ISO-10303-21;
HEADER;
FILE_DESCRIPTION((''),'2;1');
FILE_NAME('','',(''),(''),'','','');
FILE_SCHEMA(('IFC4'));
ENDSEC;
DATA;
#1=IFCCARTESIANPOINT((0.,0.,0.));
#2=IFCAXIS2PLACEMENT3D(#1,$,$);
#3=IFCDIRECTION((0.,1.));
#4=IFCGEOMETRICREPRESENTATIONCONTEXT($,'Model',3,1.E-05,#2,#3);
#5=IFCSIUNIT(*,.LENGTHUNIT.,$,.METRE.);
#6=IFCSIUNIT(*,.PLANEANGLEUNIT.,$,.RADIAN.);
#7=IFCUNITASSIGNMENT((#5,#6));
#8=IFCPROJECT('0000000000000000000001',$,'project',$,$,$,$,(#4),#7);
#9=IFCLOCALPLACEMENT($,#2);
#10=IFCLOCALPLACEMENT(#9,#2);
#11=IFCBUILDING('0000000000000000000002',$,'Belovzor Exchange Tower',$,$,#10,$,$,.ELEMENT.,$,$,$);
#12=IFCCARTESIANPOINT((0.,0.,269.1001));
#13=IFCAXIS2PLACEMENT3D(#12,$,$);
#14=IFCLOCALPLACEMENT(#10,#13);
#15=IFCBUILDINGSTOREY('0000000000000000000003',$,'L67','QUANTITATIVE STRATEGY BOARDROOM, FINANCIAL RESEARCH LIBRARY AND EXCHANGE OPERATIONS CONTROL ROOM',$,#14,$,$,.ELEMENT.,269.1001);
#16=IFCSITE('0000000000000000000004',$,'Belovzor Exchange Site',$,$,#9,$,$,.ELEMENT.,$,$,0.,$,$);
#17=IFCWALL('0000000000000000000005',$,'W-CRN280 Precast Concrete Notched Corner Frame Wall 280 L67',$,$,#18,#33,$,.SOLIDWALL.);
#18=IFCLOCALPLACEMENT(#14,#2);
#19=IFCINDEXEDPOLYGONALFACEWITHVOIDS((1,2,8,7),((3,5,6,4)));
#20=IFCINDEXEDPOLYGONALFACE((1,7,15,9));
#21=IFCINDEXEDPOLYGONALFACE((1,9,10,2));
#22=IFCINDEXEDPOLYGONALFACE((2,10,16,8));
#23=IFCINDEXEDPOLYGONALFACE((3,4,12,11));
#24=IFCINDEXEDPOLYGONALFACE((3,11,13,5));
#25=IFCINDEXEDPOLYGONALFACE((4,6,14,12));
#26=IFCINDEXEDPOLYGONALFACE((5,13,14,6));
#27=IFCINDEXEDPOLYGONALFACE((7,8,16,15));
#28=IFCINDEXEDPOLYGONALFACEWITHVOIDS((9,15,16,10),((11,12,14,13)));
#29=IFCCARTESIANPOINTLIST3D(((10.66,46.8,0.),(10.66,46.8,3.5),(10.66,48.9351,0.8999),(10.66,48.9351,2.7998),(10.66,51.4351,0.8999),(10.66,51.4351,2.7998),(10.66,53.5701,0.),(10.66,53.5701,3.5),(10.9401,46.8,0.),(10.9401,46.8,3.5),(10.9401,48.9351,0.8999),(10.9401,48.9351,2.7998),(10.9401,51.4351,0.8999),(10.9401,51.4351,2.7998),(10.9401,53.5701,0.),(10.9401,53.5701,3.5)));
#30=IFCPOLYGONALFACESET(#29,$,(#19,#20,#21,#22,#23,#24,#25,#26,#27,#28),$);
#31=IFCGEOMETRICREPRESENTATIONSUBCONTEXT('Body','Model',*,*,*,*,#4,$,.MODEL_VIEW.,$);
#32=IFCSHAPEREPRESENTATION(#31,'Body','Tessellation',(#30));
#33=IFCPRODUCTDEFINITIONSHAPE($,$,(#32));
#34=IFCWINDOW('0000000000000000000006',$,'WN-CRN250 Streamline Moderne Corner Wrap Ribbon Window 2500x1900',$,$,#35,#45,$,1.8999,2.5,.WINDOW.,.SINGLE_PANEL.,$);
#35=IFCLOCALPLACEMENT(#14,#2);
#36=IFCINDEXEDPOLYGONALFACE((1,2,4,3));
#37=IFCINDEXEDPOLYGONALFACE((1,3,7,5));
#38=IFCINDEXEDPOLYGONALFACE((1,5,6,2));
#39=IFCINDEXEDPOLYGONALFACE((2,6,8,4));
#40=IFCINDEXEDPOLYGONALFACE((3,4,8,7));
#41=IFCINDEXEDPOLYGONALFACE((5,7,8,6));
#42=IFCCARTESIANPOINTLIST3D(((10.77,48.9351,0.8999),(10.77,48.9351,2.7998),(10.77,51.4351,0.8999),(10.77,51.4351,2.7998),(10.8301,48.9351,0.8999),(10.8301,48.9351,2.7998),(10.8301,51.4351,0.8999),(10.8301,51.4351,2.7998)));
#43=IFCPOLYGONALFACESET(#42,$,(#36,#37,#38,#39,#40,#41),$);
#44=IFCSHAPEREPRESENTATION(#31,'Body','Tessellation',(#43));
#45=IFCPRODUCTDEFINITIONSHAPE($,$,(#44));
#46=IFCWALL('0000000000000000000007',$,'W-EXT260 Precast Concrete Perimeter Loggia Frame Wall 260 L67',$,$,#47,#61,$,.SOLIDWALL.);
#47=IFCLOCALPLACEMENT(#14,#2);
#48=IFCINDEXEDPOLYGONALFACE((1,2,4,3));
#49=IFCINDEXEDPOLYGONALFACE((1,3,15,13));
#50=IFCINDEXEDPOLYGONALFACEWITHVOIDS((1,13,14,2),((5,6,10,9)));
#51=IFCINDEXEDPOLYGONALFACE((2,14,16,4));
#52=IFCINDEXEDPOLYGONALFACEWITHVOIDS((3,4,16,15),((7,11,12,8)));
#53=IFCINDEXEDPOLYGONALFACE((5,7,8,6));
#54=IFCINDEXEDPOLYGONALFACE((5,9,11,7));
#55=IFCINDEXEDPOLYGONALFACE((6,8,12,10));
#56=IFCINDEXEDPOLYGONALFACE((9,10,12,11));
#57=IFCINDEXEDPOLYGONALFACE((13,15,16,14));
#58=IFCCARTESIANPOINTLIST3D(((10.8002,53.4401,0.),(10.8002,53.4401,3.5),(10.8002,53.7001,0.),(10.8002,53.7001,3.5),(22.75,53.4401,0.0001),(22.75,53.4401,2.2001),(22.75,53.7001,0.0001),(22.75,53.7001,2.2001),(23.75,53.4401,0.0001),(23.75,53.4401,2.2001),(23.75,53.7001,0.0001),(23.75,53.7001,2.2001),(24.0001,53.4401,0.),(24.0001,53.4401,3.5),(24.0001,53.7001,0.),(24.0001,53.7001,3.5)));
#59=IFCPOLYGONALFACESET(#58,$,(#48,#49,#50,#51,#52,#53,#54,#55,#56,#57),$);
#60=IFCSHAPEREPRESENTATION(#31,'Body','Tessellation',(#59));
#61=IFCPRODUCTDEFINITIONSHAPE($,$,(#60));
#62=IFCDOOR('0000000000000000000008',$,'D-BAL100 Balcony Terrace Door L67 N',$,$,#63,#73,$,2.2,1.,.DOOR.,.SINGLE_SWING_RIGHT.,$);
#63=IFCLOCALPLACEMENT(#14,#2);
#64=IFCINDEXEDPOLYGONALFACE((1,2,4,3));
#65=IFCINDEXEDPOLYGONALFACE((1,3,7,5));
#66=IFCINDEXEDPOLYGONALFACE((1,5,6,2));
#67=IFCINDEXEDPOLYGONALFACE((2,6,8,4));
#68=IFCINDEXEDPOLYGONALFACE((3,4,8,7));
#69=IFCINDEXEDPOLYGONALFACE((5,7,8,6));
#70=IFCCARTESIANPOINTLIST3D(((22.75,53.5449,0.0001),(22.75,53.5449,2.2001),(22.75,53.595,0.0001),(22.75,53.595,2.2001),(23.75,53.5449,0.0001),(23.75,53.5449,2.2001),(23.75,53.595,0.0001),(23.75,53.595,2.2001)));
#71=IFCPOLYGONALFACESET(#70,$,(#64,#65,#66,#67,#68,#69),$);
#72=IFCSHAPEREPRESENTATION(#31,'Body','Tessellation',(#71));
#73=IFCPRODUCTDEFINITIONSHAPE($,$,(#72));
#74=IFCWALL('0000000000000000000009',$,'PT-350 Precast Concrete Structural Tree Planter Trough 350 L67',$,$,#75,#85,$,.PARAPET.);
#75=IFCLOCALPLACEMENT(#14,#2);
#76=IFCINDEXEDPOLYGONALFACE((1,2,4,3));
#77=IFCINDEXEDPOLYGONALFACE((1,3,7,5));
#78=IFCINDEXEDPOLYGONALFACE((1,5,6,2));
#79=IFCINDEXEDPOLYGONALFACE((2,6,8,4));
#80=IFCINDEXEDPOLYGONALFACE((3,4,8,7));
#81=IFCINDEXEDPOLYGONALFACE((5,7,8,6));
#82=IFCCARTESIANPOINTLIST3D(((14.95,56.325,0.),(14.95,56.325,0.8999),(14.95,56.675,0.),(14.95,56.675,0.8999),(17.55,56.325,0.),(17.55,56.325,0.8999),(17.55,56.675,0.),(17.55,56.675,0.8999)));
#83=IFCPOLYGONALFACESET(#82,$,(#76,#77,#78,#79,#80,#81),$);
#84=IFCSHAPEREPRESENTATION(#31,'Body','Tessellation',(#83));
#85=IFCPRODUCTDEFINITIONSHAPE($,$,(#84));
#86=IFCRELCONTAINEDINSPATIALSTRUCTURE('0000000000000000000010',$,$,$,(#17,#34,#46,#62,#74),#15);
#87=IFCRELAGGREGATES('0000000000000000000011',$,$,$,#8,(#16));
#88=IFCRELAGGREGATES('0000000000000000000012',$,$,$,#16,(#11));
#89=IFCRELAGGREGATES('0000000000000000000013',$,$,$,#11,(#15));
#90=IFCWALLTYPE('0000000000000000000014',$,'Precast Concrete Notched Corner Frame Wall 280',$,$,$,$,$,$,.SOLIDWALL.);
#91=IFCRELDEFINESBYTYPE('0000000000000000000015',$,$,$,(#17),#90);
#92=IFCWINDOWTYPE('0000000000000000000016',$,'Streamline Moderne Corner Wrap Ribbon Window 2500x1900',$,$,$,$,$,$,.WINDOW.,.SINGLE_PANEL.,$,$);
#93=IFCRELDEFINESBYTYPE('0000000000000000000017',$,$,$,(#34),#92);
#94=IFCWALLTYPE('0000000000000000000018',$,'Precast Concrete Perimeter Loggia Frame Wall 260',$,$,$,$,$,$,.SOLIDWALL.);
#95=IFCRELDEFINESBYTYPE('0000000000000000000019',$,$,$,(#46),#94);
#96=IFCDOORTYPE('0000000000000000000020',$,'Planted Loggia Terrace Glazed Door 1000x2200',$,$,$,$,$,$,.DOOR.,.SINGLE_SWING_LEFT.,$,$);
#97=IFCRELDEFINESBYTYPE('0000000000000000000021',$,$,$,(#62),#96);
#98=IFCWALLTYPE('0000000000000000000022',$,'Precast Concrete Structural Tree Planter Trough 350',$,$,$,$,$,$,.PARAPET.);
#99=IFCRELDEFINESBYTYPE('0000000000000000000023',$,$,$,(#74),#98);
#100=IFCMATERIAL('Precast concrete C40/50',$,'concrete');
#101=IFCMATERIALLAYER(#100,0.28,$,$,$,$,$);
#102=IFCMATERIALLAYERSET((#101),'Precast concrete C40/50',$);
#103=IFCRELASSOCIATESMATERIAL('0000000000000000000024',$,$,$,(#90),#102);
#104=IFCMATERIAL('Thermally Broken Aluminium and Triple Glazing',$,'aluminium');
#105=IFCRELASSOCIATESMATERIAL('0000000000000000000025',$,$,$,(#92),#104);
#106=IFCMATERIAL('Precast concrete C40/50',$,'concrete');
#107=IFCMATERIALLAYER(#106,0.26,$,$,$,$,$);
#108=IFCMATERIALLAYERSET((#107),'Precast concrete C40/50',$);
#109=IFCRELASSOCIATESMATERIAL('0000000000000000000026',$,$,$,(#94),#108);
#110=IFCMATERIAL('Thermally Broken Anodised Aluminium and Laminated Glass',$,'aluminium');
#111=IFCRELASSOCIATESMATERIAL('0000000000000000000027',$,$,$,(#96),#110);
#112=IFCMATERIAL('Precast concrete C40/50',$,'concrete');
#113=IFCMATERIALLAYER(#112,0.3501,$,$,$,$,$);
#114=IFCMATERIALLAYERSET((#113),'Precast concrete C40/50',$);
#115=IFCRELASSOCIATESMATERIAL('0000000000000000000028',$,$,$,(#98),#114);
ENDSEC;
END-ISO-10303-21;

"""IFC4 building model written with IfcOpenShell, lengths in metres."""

from ifc_helpers import new_model, si_unit, direction, frame, frame_2d, origin, place, context, subcontext, project, spatial, rectangle, extrude, material, layer, layer_set, type_object, element, fill, save


model = new_model("IFC4")

# Units and contexts
model_context = context("Model", 3, precision=1e-05, world=origin(), true_north=direction((0.0, 1.0)))
body_context = subcontext(model_context, "Body", "Model", "MODEL_VIEW")
ifc_project = project(units=[si_unit("LENGTHUNIT", "METRE"), si_unit("PLANEANGLEUNIT", "RADIAN")], contexts=[model_context])

# Site, building, storey
site_placement = place(None, origin())
site = spatial("IfcSite", under=ifc_project, at=site_placement, Name="Belovzor Exchange Site", CompositionType="ELEMENT", RefElevation=0.0)
building_placement = place(site_placement, origin())
building = spatial("IfcBuilding", under=site, at=building_placement, Name="Belovzor Exchange Tower", CompositionType="ELEMENT")
storey_placement = place(building_placement, frame((0.0, 0.0, 269.1001)))
storey = spatial("IfcBuildingStorey", under=building, at=storey_placement, Name="L67", Description="QUANTITATIVE STRATEGY BOARDROOM, FINANCIAL RESEARCH LIBRARY AND EXCHANGE OPERATIONS CONTROL ROOM", CompositionType="ELEMENT", Elevation=269.1001)

# Wall, opening, window
ifc_material_1 = material(Name="Precast concrete C40/50", Category="concrete")
ifc_layer_1 = layer(ifc_material_1, 0.28)
ifc_layer_set_1 = layer_set([ifc_layer_1], Name="Precast concrete C40/50")
wall_type_1 = type_object("IfcWallType", Name="Precast Concrete Notched Corner Frame Wall 280", PredefinedType="SOLIDWALL", material=ifc_layer_set_1)
ifc_material_2 = material(Name="Thermally Broken Aluminium and Triple Glazing", Category="aluminium")
window_type = type_object("IfcWindowType", Name="Streamline Moderne Corner Wrap Ribbon Window 2500x1900", PartitioningType="SINGLE_PANEL", PredefinedType="WINDOW", material=ifc_material_2)
wall_1_placement = place(storey_placement, frame((10.8, 46.8, 0.0), z_axis=(0.0, 0.0, 1.0), x_axis=(0.0, 1.0, 0.0)))
wall_1 = element("IfcWall", 1, at=wall_1_placement, inside=storey, type_object=wall_type_1, Name="W-CRN280 Precast Concrete Notched Corner Frame Wall 280 L67", PredefinedType="SOLIDWALL", context=body_context, shape_type="SweptSolid", body=[
    extrude(rectangle(XDim=6.77, YDim=0.28, at=frame_2d((3.385, 0.0))), origin(), (0.0, 0.0, 1.0), 3.5),
])
opening_1_placement = place(wall_1_placement, frame((2.135, 0.0, 0.8999)))
opening_1 = element("IfcOpeningElement", 2, at=opening_1_placement, cuts=wall_1, PredefinedType="OPENING", context=body_context, shape_type="SweptSolid", body=[
    extrude(rectangle(XDim=2.5, YDim=1.8999, at=frame_2d((1.25, 0.95))), frame((0.0, 0.1499, 0.0), z_axis=(0.0, -1.0, 0.0), x_axis=(1.0, 0.0, 0.0)), (0.0, 0.0, 1.0), 0.3),
])
window_1_placement = place(opening_1_placement, origin())
window_1 = element("IfcWindow", 3, at=window_1_placement, inside=storey, type_object=window_type, Name="WN-CRN250 Streamline Moderne Corner Wrap Ribbon Window 2500x1900", OverallHeight=1.8999, OverallWidth=2.5, PartitioningType="SINGLE_PANEL", PredefinedType="WINDOW", context=body_context, shape_type="SweptSolid", body=[
    extrude(rectangle(XDim=2.5, YDim=1.8999, at=frame_2d((1.25, 0.95))), frame((0.0, 0.03, 0.0), z_axis=(0.0, -1.0, 0.0), x_axis=(1.0, 0.0, 0.0)), (0.0, 0.0, 1.0), 0.0601),
])
fill(opening_1, window_1)

# Wall, opening, door
ifc_material_3 = material(Name="Precast concrete C40/50", Category="concrete")
ifc_layer_2 = layer(ifc_material_3, 0.26)
ifc_layer_set_2 = layer_set([ifc_layer_2], Name="Precast concrete C40/50")
wall_type_2 = type_object("IfcWallType", Name="Precast Concrete Perimeter Loggia Frame Wall 260", PredefinedType="SOLIDWALL", material=ifc_layer_set_2)
wall_2_placement = place(storey_placement, frame((10.8, 53.5701, 0.0), z_axis=(0.0, 0.0, 1.0), x_axis=(1.0, 0.0, 0.0)))
wall_2 = element("IfcWall", 4, at=wall_2_placement, inside=storey, type_object=wall_type_2, Name="W-EXT260 Precast Concrete Perimeter Loggia Frame Wall 260 L67", PredefinedType="SOLIDWALL", context=body_context, shape_type="SweptSolid", body=[
    extrude(rectangle(XDim=13.2, YDim=0.26, at=frame_2d((6.6001, 0.0))), origin(), (0.0, 0.0, 1.0), 3.5),
])
opening_2_placement = place(wall_2_placement, frame((11.95, 0.0, 0.0)))
opening_2 = element("IfcOpeningElement", 5, at=opening_2_placement, cuts=wall_2, PredefinedType="OPENING", context=body_context, shape_type="SweptSolid", body=[
    extrude(rectangle(XDim=1.0, YDim=2.2, at=frame_2d((0.5, 1.1001))), frame((0.0, 0.1399, 0.0), z_axis=(0.0, -1.0, 0.0), x_axis=(1.0, 0.0, 0.0)), (0.0, 0.0, 1.0), 0.28),
])
ifc_material_4 = material(Name="Thermally Broken Anodised Aluminium and Laminated Glass", Category="aluminium")
door_type_1 = type_object("IfcDoorType", Name="Planted Loggia Terrace Glazed Door 1000x2200", OperationType="SINGLE_SWING_LEFT", PredefinedType="DOOR", material=ifc_material_4)
door_1_placement = place(opening_2_placement, origin())
door_1 = element("IfcDoor", 6, at=door_1_placement, inside=storey, type_object=door_type_1, Name="D-BAL100 Balcony Terrace Door L67 N", OperationType="SINGLE_SWING_RIGHT", OverallHeight=2.2, OverallWidth=1.0, PredefinedType="DOOR", context=body_context, shape_type="SweptSolid", body=[
    extrude(rectangle(XDim=1.0, YDim=2.2, at=frame_2d((0.5, 1.1001))), frame((0.0, 0.0249, 0.0), z_axis=(0.0, -1.0, 0.0), x_axis=(1.0, 0.0, 0.0)), (0.0, 0.0, 1.0), 0.05),
])
fill(opening_2, door_1)

# Wall
ifc_material_5 = material(Name="Precast concrete C40/50", Category="concrete")
ifc_layer_3 = layer(ifc_material_5, 0.3501)
ifc_layer_set_3 = layer_set([ifc_layer_3], Name="Precast concrete C40/50")
wall_type_3 = type_object("IfcWallType", Name="Precast Concrete Structural Tree Planter Trough 350", PredefinedType="PARAPET", material=ifc_layer_set_3)
wall_3_placement = place(storey_placement, frame((14.95, 56.5, 0.0), z_axis=(0.0, 0.0, 1.0), x_axis=(1.0, 0.0, 0.0)))
element("IfcWall", 7, at=wall_3_placement, inside=storey, type_object=wall_type_3, Name="PT-350 Precast Concrete Structural Tree Planter Trough 350 L67", PredefinedType="PARAPET", context=body_context, shape_type="SweptSolid", body=[
    extrude(rectangle(XDim=2.6001, YDim=0.3501, at=frame_2d((1.3, 0.0))), origin(), (0.0, 0.0, 1.0), 0.8999),
])

save(model, "model.ifc")
